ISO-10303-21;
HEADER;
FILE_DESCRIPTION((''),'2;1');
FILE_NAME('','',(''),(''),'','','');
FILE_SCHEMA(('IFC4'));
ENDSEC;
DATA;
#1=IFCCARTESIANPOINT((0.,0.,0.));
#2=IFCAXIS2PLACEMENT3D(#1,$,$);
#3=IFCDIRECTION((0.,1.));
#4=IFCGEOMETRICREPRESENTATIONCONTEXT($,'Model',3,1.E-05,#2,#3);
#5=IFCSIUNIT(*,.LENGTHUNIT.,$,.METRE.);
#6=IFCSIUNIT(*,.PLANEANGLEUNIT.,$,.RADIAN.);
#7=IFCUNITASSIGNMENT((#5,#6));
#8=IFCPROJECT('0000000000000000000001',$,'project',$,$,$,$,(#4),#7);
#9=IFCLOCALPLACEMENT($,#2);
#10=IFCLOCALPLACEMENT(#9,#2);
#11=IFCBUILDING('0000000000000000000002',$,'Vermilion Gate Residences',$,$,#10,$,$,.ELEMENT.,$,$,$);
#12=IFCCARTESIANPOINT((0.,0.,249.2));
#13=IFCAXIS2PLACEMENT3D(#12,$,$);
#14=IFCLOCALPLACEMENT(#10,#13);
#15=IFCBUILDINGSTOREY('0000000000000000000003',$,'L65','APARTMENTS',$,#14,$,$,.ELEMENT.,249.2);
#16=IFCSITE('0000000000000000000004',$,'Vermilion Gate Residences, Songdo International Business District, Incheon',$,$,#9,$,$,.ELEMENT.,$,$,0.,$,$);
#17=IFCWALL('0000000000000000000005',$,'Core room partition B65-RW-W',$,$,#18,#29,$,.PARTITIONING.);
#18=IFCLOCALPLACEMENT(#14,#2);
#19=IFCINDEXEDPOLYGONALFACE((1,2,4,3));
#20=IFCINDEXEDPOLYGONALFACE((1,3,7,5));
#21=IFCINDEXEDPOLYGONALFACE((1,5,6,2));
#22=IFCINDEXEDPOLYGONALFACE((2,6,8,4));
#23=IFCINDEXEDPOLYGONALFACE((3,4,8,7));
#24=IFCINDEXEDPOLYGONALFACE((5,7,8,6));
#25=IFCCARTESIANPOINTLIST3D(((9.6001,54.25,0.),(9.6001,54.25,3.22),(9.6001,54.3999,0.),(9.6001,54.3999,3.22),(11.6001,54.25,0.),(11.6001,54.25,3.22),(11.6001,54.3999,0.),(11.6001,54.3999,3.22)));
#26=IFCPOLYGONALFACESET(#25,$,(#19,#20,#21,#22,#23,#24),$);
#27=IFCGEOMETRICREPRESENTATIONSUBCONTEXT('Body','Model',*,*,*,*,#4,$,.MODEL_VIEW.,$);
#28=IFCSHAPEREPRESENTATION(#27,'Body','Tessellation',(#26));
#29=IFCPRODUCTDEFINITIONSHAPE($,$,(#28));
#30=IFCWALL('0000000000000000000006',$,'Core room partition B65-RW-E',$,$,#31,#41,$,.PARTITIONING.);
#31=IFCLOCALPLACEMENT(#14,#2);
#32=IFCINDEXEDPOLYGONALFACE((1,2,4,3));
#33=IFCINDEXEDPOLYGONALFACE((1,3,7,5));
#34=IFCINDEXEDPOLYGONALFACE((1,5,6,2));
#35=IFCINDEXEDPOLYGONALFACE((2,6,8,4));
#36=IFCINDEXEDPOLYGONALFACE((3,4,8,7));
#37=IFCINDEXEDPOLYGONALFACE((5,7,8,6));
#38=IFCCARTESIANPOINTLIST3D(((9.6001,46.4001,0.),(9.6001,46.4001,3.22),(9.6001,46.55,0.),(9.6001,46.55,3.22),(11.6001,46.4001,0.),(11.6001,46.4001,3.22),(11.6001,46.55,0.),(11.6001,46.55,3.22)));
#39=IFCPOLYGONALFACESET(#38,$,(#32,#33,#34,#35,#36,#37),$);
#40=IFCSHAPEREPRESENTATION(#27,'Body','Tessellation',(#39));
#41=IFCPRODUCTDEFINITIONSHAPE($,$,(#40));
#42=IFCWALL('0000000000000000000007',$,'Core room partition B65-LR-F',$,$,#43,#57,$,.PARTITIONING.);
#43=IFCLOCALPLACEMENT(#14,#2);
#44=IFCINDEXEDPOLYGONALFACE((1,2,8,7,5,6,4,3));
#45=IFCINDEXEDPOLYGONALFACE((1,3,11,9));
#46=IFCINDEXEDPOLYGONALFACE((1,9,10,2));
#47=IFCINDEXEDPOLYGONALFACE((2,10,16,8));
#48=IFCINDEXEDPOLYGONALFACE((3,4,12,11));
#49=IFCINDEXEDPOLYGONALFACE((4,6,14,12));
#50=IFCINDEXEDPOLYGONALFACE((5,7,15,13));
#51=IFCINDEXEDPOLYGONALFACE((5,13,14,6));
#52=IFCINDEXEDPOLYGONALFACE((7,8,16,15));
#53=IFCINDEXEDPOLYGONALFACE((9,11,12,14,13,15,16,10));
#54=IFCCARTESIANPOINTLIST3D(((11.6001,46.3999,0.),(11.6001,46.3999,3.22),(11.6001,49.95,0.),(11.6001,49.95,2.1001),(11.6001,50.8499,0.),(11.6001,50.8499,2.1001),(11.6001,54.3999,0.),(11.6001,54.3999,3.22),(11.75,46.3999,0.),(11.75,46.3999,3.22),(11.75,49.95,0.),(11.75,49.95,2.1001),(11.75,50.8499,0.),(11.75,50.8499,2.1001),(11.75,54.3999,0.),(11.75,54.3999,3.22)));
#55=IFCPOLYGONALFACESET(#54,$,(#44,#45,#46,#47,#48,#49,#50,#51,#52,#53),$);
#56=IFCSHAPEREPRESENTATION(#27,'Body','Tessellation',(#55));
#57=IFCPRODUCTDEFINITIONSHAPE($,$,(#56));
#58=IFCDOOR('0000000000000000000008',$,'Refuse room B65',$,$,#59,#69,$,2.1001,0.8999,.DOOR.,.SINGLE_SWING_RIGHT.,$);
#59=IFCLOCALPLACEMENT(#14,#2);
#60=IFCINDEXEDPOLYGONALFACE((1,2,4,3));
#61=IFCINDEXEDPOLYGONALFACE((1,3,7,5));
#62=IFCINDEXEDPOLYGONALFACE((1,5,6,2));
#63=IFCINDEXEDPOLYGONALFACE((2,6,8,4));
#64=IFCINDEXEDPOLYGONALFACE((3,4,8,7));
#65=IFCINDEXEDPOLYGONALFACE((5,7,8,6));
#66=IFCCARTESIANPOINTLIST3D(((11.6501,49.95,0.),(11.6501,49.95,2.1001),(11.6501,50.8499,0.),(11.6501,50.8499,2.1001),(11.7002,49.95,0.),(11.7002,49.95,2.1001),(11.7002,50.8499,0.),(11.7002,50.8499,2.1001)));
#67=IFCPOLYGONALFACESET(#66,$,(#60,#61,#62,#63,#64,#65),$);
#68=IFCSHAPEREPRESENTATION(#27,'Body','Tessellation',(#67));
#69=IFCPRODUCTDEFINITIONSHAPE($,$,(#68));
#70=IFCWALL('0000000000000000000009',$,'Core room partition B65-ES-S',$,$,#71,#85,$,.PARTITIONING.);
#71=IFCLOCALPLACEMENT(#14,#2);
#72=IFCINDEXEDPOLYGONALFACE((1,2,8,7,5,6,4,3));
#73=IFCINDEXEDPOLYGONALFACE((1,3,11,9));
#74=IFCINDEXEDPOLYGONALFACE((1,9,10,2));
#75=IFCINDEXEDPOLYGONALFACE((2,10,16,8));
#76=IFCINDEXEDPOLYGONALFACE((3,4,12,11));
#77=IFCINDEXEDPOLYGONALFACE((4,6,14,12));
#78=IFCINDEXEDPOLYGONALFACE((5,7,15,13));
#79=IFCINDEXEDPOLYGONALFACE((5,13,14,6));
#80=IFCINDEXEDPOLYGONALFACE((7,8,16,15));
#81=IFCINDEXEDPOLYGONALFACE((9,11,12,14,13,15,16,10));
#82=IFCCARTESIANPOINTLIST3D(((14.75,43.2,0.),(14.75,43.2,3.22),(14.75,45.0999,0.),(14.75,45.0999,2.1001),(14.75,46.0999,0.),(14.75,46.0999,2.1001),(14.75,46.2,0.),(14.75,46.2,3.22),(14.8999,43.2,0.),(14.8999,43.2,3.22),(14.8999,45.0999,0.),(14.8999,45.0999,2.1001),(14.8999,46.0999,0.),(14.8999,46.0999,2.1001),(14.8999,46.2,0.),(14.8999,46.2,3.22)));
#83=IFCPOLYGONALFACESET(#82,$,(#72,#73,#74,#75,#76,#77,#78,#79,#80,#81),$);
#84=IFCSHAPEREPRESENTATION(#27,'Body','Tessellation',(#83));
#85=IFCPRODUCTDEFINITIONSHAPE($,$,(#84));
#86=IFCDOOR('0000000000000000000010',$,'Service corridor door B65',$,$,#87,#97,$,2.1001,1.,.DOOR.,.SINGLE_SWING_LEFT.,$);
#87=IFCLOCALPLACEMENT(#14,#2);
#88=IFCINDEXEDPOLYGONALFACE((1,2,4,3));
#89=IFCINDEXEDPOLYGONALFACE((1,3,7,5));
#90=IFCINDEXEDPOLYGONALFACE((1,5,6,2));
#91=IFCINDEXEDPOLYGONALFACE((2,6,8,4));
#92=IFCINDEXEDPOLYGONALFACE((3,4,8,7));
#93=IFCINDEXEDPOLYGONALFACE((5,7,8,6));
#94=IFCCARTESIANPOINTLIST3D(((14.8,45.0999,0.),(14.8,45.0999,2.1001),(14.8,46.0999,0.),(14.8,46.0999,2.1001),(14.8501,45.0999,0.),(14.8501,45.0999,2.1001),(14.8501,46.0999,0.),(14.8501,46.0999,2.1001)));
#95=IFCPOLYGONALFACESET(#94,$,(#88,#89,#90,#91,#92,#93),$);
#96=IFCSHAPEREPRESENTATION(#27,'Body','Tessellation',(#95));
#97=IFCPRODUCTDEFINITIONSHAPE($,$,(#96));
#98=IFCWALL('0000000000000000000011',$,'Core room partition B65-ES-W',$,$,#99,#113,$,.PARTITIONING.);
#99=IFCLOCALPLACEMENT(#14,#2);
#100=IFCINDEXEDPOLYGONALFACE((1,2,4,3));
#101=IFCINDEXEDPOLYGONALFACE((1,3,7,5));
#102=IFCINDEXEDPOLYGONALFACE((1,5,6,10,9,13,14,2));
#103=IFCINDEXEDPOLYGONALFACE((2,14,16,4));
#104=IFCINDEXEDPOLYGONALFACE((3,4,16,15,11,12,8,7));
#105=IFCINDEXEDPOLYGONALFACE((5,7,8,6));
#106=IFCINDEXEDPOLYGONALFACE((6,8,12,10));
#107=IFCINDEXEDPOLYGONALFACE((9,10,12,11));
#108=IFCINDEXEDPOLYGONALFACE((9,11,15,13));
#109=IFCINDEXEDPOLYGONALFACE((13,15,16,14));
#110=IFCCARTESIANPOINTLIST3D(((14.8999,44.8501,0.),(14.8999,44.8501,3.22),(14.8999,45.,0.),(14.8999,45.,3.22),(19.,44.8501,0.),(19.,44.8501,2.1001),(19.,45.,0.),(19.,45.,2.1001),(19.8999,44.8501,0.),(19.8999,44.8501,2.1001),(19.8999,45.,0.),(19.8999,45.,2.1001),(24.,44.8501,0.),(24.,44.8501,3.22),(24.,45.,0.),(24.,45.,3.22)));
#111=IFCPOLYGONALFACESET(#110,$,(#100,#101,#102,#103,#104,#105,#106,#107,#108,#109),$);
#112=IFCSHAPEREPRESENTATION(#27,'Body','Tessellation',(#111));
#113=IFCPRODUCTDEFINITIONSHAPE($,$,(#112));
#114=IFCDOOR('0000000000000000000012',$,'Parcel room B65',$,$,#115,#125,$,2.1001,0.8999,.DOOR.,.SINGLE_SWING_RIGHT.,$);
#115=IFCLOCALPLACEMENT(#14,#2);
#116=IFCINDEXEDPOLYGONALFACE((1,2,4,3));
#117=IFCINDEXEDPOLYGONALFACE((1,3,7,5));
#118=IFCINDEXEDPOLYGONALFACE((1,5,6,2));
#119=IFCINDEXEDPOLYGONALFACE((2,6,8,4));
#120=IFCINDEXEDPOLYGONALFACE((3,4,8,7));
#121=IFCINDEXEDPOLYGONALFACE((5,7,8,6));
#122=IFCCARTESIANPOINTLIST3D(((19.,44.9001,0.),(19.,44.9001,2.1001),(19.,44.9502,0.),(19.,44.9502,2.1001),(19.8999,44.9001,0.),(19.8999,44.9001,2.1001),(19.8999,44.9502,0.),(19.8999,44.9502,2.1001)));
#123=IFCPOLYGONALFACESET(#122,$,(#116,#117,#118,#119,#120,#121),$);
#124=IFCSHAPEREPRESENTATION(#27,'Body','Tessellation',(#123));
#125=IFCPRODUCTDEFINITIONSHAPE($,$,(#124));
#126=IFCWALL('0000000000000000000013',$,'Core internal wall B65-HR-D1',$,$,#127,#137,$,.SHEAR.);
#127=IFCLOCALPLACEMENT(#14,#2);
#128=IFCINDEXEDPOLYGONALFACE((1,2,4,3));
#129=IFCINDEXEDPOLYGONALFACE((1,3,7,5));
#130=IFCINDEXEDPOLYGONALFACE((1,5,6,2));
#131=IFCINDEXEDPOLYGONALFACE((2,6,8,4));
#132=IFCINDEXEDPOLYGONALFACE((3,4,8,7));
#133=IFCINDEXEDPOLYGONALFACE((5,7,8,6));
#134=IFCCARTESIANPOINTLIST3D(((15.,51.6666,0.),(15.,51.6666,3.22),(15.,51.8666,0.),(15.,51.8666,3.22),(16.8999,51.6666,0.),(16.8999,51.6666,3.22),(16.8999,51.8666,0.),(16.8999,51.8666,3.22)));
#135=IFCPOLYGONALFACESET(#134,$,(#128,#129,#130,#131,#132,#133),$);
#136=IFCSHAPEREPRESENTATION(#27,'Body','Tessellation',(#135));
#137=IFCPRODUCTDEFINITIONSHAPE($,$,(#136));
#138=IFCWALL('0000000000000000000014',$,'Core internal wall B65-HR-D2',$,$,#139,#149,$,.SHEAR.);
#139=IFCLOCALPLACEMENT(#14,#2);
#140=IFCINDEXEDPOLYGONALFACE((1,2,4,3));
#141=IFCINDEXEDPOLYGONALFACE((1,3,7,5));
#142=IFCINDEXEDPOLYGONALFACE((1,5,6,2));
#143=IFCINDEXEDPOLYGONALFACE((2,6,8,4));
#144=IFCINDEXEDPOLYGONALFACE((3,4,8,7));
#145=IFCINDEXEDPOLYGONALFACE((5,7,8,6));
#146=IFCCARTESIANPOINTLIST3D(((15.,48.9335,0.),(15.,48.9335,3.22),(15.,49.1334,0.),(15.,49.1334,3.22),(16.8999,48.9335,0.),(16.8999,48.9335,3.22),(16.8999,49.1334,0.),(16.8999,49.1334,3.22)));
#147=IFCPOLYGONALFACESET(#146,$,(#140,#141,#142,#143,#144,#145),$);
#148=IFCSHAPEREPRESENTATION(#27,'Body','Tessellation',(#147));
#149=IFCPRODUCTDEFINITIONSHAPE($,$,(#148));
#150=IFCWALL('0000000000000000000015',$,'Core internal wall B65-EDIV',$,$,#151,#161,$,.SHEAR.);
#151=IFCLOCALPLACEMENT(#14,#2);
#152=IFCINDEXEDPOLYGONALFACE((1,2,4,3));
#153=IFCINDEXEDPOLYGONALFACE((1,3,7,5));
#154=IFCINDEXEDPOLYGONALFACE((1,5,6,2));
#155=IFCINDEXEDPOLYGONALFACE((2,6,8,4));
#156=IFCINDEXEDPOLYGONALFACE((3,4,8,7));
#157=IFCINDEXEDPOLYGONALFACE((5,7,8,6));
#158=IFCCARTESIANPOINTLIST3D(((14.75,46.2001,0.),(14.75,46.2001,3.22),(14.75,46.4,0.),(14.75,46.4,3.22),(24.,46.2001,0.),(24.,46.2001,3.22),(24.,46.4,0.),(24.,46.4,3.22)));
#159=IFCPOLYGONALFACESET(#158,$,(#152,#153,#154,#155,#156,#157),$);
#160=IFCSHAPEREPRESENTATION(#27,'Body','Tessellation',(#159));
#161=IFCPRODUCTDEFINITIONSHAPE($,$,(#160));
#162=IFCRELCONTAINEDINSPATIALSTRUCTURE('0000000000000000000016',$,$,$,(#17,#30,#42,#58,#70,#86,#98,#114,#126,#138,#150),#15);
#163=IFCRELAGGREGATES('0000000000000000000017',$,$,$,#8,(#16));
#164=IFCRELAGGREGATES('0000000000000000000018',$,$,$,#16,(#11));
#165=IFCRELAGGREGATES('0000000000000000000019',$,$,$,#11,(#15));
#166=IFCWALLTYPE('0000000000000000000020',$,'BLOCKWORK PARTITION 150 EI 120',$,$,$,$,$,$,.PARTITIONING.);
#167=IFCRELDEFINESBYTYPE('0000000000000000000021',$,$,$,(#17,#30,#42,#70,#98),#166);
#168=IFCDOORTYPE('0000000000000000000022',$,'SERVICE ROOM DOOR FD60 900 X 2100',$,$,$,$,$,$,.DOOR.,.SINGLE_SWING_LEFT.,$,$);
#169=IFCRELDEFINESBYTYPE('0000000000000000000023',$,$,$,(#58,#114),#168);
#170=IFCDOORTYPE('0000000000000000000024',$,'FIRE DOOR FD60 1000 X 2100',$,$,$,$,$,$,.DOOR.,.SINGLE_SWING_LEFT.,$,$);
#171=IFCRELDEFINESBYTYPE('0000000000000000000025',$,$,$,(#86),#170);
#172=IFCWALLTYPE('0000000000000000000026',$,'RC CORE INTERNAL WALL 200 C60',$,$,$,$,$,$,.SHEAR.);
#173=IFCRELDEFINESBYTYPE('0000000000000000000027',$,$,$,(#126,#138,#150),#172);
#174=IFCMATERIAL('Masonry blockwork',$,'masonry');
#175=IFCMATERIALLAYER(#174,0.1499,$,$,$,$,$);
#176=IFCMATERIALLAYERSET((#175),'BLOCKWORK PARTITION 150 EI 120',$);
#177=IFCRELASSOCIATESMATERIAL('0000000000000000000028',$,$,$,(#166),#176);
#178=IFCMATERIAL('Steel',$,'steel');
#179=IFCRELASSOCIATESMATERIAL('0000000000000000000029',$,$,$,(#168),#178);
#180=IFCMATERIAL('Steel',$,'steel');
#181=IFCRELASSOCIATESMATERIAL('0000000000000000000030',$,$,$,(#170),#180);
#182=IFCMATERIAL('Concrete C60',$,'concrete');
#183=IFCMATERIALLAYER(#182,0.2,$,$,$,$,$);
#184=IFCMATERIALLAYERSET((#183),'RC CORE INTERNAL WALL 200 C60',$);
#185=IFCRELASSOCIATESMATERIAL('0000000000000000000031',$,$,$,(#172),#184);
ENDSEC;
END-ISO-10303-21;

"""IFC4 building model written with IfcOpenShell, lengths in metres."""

from ifc_helpers import new_model, si_unit, direction, frame, frame_2d, origin, place, context, subcontext, project, spatial, rectangle, extrude, material, layer, layer_set, type_object, element, fill, save


model = new_model("IFC4")

# Units and contexts
model_context = context("Model", 3, precision=1e-05, world=origin(), true_north=direction((0.0, 1.0)))
body_context = subcontext(model_context, "Body", "Model", "MODEL_VIEW")
ifc_project = project(units=[si_unit("LENGTHUNIT", "METRE"), si_unit("PLANEANGLEUNIT", "RADIAN")], contexts=[model_context])

# Site, building, storey
site_placement = place(None, origin())
site = spatial("IfcSite", under=ifc_project, at=site_placement, Name="Vermilion Gate Residences, Songdo International Business District, Incheon", CompositionType="ELEMENT", RefElevation=0.0)
building_placement = place(site_placement, origin())
building = spatial("IfcBuilding", under=site, at=building_placement, Name="Vermilion Gate Residences", CompositionType="ELEMENT")
storey_placement = place(building_placement, frame((0.0, 0.0, 249.2)))
storey = spatial("IfcBuildingStorey", under=building, at=storey_placement, Name="L65", Description="APARTMENTS", CompositionType="ELEMENT", Elevation=249.2)

# Walls
ifc_material_1 = material(Name="Masonry blockwork", Category="masonry")
ifc_layer_1 = layer(ifc_material_1, 0.1499)
ifc_layer_set_1 = layer_set([ifc_layer_1], Name="BLOCKWORK PARTITION 150 EI 120")
wall_type_1 = type_object("IfcWallType", Name="BLOCKWORK PARTITION 150 EI 120", PredefinedType="PARTITIONING", material=ifc_layer_set_1)
for number, where, z_axis, x_axis, name in (
    (1, (9.6001, 54.325, 0.0), (0.0, 0.0, 1.0), (1.0, 0.0, 0.0), "Core room partition B65-RW-W"),
    (2, (9.6001, 46.4751, 0.0), (0.0, 0.0, 1.0), (1.0, 0.0, 0.0), "Core room partition B65-RW-E"),
):
    element("IfcWall", number, at=place(storey_placement, frame(where, z_axis=z_axis, x_axis=x_axis)), inside=storey, type_object=wall_type_1, Name=name, PredefinedType="PARTITIONING", context=body_context, shape_type="SweptSolid", body=[
        extrude(rectangle(XDim=2.0, YDim=0.1499, at=frame_2d((1.0, 0.0))), origin(), (0.0, 0.0, 1.0), 3.22),
    ])

# Walls, openings, doors
wall_1_placement = place(storey_placement, frame((11.675, 54.3999, 0.0), z_axis=(0.0, 0.0, 1.0), x_axis=(0.0, -1.0, 0.0)))
wall_1 = element("IfcWall", 3, at=wall_1_placement, inside=storey, type_object=wall_type_1, Name="Core room partition B65-LR-F", PredefinedType="PARTITIONING", context=body_context, shape_type="SweptSolid", body=[
    extrude(rectangle(XDim=8.0, YDim=0.1499, at=frame_2d((4.0, 0.0))), origin(), (0.0, 0.0, 1.0), 3.22),
])
opening_1_placement = place(wall_1_placement, frame((3.55, 0.0, 0.0)))
opening_1 = element("IfcOpeningElement", 4, at=opening_1_placement, cuts=wall_1, PredefinedType="OPENING", context=body_context, shape_type="SweptSolid", body=[
    extrude(rectangle(XDim=0.8999, YDim=2.1001, at=frame_2d((0.45, 1.05))), frame((0.0, 0.085, 0.0), z_axis=(0.0, -1.0, 0.0), x_axis=(1.0, 0.0, 0.0)), (0.0, 0.0, 1.0), 0.1699),
])
ifc_material_2 = material(Name="Steel", Category="steel")
door_type_1 = type_object("IfcDoorType", Name="SERVICE ROOM DOOR FD60 900 X 2100", OperationType="SINGLE_SWING_LEFT", PredefinedType="DOOR", material=ifc_material_2)
door_1_placement = place(opening_1_placement, frame((0.8999, 0.0, 0.0), z_axis=(0.0, 0.0, 1.0), x_axis=(-1.0, 0.0, 0.0)))
door_1 = element("IfcDoor", 5, at=door_1_placement, inside=storey, type_object=door_type_1, Name="Refuse room B65", OperationType="SINGLE_SWING_RIGHT", OverallHeight=2.1001, OverallWidth=0.8999, PredefinedType="DOOR", context=body_context, shape_type="SweptSolid", body=[
    extrude(rectangle(XDim=0.8999, YDim=2.1001, at=frame_2d((0.45, 1.05))), frame((0.0, 0.0249, 0.0), z_axis=(0.0, -1.0, 0.0), x_axis=(1.0, 0.0, 0.0)), (0.0, 0.0, 1.0), 0.05),
])
fill(opening_1, door_1)
wall_2_placement = place(storey_placement, frame((14.825, 46.2, 0.0), z_axis=(0.0, 0.0, 1.0), x_axis=(0.0, -1.0, 0.0)))
wall_2 = element("IfcWall", 6, at=wall_2_placement, inside=storey, type_object=wall_type_1, Name="Core room partition B65-ES-S", PredefinedType="PARTITIONING", context=body_context, shape_type="SweptSolid", body=[
    extrude(rectangle(XDim=3.0, YDim=0.1499, at=frame_2d((1.5, 0.0))), origin(), (0.0, 0.0, 1.0), 3.22),
])
opening_2_placement = place(wall_2_placement, frame((0.1001, 0.0, 0.0)))
opening_2 = element("IfcOpeningElement", 7, at=opening_2_placement, cuts=wall_2, PredefinedType="OPENING", context=body_context, shape_type="SweptSolid", body=[
    extrude(rectangle(XDim=1.0, YDim=2.1001, at=frame_2d((0.5, 1.05))), frame((0.0, 0.085, 0.0), z_axis=(0.0, -1.0, 0.0), x_axis=(1.0, 0.0, 0.0)), (0.0, 0.0, 1.0), 0.1699),
])
ifc_material_3 = material(Name="Steel", Category="steel")
door_type_2 = type_object("IfcDoorType", Name="FIRE DOOR FD60 1000 X 2100", OperationType="SINGLE_SWING_LEFT", PredefinedType="DOOR", material=ifc_material_3)
door_2_placement = place(opening_2_placement, frame((1.0, 0.0, 0.0), z_axis=(0.0, 0.0, 1.0), x_axis=(-1.0, 0.0, 0.0)))
door_2 = element("IfcDoor", 8, at=door_2_placement, inside=storey, type_object=door_type_2, Name="Service corridor door B65", OperationType="SINGLE_SWING_LEFT", OverallHeight=2.1001, OverallWidth=1.0, PredefinedType="DOOR", context=body_context, shape_type="SweptSolid", body=[
    extrude(rectangle(XDim=1.0, YDim=2.1001, at=frame_2d((0.5, 1.05))), frame((0.0, 0.0249, 0.0), z_axis=(0.0, -1.0, 0.0), x_axis=(1.0, 0.0, 0.0)), (0.0, 0.0, 1.0), 0.05),
])
fill(opening_2, door_2)
wall_3_placement = place(storey_placement, frame((14.8999, 44.925, 0.0), z_axis=(0.0, 0.0, 1.0), x_axis=(1.0, 0.0, 0.0)))
wall_3 = element("IfcWall", 9, at=wall_3_placement, inside=storey, type_object=wall_type_1, Name="Core room partition B65-ES-W", PredefinedType="PARTITIONING", context=body_context, shape_type="SweptSolid", body=[
    extrude(rectangle(XDim=9.1001, YDim=0.1499, at=frame_2d((4.55, 0.0))), origin(), (0.0, 0.0, 1.0), 3.22),
])
opening_3_placement = place(wall_3_placement, frame((4.1001, 0.0, 0.0)))
opening_3 = element("IfcOpeningElement", 10, at=opening_3_placement, cuts=wall_3, PredefinedType="OPENING", context=body_context, shape_type="SweptSolid", body=[
    extrude(rectangle(XDim=0.8999, YDim=2.1001, at=frame_2d((0.45, 1.05))), frame((0.0, 0.085, 0.0), z_axis=(0.0, -1.0, 0.0), x_axis=(1.0, 0.0, 0.0)), (0.0, 0.0, 1.0), 0.1699),
])
door_3_placement = place(opening_3_placement, frame((0.8999, 0.0, 0.0), z_axis=(0.0, 0.0, 1.0), x_axis=(-1.0, 0.0, 0.0)))
door_3 = element("IfcDoor", 11, at=door_3_placement, inside=storey, type_object=door_type_1, Name="Parcel room B65", OperationType="SINGLE_SWING_RIGHT", OverallHeight=2.1001, OverallWidth=0.8999, PredefinedType="DOOR", context=body_context, shape_type="SweptSolid", body=[
    extrude(rectangle(XDim=0.8999, YDim=2.1001, at=frame_2d((0.45, 1.05))), frame((0.0, 0.0249, 0.0), z_axis=(0.0, -1.0, 0.0), x_axis=(1.0, 0.0, 0.0)), (0.0, 0.0, 1.0), 0.05),
])
fill(opening_3, door_3)

# Walls
ifc_material_4 = material(Name="Concrete C60", Category="concrete")
ifc_layer_2 = layer(ifc_material_4, 0.2)
ifc_layer_set_2 = layer_set([ifc_layer_2], Name="RC CORE INTERNAL WALL 200 C60")
wall_type_2 = type_object("IfcWallType", Name="RC CORE INTERNAL WALL 200 C60", PredefinedType="SHEAR", material=ifc_layer_set_2)
for number, where, z_axis, x_axis, name in (
    (12, (15.0, 51.7666, 0.0), (0.0, 0.0, 1.0), (1.0, 0.0, 0.0), "Core internal wall B65-HR-D1"),
    (13, (15.0, 49.0334, 0.0), (0.0, 0.0, 1.0), (1.0, 0.0, 0.0), "Core internal wall B65-HR-D2"),
):
    element("IfcWall", number, at=place(storey_placement, frame(where, z_axis=z_axis, x_axis=x_axis)), inside=storey, type_object=wall_type_2, Name=name, PredefinedType="SHEAR", context=body_context, shape_type="SweptSolid", body=[
        extrude(rectangle(XDim=1.8999, YDim=0.2, at=frame_2d((0.95, 0.0))), origin(), (0.0, 0.0, 1.0), 3.22),
    ])
wall_4_placement = place(storey_placement, frame((14.75, 46.3, 0.0), z_axis=(0.0, 0.0, 1.0), x_axis=(1.0, 0.0, 0.0)))
element("IfcWall", 14, at=wall_4_placement, inside=storey, type_object=wall_type_2, Name="Core internal wall B65-EDIV", PredefinedType="SHEAR", context=body_context, shape_type="SweptSolid", body=[
    extrude(rectangle(XDim=9.25, YDim=0.2, at=frame_2d((4.625, 0.0))), origin(), (0.0, 0.0, 1.0), 3.22),
])

save(model, "model.ifc")
